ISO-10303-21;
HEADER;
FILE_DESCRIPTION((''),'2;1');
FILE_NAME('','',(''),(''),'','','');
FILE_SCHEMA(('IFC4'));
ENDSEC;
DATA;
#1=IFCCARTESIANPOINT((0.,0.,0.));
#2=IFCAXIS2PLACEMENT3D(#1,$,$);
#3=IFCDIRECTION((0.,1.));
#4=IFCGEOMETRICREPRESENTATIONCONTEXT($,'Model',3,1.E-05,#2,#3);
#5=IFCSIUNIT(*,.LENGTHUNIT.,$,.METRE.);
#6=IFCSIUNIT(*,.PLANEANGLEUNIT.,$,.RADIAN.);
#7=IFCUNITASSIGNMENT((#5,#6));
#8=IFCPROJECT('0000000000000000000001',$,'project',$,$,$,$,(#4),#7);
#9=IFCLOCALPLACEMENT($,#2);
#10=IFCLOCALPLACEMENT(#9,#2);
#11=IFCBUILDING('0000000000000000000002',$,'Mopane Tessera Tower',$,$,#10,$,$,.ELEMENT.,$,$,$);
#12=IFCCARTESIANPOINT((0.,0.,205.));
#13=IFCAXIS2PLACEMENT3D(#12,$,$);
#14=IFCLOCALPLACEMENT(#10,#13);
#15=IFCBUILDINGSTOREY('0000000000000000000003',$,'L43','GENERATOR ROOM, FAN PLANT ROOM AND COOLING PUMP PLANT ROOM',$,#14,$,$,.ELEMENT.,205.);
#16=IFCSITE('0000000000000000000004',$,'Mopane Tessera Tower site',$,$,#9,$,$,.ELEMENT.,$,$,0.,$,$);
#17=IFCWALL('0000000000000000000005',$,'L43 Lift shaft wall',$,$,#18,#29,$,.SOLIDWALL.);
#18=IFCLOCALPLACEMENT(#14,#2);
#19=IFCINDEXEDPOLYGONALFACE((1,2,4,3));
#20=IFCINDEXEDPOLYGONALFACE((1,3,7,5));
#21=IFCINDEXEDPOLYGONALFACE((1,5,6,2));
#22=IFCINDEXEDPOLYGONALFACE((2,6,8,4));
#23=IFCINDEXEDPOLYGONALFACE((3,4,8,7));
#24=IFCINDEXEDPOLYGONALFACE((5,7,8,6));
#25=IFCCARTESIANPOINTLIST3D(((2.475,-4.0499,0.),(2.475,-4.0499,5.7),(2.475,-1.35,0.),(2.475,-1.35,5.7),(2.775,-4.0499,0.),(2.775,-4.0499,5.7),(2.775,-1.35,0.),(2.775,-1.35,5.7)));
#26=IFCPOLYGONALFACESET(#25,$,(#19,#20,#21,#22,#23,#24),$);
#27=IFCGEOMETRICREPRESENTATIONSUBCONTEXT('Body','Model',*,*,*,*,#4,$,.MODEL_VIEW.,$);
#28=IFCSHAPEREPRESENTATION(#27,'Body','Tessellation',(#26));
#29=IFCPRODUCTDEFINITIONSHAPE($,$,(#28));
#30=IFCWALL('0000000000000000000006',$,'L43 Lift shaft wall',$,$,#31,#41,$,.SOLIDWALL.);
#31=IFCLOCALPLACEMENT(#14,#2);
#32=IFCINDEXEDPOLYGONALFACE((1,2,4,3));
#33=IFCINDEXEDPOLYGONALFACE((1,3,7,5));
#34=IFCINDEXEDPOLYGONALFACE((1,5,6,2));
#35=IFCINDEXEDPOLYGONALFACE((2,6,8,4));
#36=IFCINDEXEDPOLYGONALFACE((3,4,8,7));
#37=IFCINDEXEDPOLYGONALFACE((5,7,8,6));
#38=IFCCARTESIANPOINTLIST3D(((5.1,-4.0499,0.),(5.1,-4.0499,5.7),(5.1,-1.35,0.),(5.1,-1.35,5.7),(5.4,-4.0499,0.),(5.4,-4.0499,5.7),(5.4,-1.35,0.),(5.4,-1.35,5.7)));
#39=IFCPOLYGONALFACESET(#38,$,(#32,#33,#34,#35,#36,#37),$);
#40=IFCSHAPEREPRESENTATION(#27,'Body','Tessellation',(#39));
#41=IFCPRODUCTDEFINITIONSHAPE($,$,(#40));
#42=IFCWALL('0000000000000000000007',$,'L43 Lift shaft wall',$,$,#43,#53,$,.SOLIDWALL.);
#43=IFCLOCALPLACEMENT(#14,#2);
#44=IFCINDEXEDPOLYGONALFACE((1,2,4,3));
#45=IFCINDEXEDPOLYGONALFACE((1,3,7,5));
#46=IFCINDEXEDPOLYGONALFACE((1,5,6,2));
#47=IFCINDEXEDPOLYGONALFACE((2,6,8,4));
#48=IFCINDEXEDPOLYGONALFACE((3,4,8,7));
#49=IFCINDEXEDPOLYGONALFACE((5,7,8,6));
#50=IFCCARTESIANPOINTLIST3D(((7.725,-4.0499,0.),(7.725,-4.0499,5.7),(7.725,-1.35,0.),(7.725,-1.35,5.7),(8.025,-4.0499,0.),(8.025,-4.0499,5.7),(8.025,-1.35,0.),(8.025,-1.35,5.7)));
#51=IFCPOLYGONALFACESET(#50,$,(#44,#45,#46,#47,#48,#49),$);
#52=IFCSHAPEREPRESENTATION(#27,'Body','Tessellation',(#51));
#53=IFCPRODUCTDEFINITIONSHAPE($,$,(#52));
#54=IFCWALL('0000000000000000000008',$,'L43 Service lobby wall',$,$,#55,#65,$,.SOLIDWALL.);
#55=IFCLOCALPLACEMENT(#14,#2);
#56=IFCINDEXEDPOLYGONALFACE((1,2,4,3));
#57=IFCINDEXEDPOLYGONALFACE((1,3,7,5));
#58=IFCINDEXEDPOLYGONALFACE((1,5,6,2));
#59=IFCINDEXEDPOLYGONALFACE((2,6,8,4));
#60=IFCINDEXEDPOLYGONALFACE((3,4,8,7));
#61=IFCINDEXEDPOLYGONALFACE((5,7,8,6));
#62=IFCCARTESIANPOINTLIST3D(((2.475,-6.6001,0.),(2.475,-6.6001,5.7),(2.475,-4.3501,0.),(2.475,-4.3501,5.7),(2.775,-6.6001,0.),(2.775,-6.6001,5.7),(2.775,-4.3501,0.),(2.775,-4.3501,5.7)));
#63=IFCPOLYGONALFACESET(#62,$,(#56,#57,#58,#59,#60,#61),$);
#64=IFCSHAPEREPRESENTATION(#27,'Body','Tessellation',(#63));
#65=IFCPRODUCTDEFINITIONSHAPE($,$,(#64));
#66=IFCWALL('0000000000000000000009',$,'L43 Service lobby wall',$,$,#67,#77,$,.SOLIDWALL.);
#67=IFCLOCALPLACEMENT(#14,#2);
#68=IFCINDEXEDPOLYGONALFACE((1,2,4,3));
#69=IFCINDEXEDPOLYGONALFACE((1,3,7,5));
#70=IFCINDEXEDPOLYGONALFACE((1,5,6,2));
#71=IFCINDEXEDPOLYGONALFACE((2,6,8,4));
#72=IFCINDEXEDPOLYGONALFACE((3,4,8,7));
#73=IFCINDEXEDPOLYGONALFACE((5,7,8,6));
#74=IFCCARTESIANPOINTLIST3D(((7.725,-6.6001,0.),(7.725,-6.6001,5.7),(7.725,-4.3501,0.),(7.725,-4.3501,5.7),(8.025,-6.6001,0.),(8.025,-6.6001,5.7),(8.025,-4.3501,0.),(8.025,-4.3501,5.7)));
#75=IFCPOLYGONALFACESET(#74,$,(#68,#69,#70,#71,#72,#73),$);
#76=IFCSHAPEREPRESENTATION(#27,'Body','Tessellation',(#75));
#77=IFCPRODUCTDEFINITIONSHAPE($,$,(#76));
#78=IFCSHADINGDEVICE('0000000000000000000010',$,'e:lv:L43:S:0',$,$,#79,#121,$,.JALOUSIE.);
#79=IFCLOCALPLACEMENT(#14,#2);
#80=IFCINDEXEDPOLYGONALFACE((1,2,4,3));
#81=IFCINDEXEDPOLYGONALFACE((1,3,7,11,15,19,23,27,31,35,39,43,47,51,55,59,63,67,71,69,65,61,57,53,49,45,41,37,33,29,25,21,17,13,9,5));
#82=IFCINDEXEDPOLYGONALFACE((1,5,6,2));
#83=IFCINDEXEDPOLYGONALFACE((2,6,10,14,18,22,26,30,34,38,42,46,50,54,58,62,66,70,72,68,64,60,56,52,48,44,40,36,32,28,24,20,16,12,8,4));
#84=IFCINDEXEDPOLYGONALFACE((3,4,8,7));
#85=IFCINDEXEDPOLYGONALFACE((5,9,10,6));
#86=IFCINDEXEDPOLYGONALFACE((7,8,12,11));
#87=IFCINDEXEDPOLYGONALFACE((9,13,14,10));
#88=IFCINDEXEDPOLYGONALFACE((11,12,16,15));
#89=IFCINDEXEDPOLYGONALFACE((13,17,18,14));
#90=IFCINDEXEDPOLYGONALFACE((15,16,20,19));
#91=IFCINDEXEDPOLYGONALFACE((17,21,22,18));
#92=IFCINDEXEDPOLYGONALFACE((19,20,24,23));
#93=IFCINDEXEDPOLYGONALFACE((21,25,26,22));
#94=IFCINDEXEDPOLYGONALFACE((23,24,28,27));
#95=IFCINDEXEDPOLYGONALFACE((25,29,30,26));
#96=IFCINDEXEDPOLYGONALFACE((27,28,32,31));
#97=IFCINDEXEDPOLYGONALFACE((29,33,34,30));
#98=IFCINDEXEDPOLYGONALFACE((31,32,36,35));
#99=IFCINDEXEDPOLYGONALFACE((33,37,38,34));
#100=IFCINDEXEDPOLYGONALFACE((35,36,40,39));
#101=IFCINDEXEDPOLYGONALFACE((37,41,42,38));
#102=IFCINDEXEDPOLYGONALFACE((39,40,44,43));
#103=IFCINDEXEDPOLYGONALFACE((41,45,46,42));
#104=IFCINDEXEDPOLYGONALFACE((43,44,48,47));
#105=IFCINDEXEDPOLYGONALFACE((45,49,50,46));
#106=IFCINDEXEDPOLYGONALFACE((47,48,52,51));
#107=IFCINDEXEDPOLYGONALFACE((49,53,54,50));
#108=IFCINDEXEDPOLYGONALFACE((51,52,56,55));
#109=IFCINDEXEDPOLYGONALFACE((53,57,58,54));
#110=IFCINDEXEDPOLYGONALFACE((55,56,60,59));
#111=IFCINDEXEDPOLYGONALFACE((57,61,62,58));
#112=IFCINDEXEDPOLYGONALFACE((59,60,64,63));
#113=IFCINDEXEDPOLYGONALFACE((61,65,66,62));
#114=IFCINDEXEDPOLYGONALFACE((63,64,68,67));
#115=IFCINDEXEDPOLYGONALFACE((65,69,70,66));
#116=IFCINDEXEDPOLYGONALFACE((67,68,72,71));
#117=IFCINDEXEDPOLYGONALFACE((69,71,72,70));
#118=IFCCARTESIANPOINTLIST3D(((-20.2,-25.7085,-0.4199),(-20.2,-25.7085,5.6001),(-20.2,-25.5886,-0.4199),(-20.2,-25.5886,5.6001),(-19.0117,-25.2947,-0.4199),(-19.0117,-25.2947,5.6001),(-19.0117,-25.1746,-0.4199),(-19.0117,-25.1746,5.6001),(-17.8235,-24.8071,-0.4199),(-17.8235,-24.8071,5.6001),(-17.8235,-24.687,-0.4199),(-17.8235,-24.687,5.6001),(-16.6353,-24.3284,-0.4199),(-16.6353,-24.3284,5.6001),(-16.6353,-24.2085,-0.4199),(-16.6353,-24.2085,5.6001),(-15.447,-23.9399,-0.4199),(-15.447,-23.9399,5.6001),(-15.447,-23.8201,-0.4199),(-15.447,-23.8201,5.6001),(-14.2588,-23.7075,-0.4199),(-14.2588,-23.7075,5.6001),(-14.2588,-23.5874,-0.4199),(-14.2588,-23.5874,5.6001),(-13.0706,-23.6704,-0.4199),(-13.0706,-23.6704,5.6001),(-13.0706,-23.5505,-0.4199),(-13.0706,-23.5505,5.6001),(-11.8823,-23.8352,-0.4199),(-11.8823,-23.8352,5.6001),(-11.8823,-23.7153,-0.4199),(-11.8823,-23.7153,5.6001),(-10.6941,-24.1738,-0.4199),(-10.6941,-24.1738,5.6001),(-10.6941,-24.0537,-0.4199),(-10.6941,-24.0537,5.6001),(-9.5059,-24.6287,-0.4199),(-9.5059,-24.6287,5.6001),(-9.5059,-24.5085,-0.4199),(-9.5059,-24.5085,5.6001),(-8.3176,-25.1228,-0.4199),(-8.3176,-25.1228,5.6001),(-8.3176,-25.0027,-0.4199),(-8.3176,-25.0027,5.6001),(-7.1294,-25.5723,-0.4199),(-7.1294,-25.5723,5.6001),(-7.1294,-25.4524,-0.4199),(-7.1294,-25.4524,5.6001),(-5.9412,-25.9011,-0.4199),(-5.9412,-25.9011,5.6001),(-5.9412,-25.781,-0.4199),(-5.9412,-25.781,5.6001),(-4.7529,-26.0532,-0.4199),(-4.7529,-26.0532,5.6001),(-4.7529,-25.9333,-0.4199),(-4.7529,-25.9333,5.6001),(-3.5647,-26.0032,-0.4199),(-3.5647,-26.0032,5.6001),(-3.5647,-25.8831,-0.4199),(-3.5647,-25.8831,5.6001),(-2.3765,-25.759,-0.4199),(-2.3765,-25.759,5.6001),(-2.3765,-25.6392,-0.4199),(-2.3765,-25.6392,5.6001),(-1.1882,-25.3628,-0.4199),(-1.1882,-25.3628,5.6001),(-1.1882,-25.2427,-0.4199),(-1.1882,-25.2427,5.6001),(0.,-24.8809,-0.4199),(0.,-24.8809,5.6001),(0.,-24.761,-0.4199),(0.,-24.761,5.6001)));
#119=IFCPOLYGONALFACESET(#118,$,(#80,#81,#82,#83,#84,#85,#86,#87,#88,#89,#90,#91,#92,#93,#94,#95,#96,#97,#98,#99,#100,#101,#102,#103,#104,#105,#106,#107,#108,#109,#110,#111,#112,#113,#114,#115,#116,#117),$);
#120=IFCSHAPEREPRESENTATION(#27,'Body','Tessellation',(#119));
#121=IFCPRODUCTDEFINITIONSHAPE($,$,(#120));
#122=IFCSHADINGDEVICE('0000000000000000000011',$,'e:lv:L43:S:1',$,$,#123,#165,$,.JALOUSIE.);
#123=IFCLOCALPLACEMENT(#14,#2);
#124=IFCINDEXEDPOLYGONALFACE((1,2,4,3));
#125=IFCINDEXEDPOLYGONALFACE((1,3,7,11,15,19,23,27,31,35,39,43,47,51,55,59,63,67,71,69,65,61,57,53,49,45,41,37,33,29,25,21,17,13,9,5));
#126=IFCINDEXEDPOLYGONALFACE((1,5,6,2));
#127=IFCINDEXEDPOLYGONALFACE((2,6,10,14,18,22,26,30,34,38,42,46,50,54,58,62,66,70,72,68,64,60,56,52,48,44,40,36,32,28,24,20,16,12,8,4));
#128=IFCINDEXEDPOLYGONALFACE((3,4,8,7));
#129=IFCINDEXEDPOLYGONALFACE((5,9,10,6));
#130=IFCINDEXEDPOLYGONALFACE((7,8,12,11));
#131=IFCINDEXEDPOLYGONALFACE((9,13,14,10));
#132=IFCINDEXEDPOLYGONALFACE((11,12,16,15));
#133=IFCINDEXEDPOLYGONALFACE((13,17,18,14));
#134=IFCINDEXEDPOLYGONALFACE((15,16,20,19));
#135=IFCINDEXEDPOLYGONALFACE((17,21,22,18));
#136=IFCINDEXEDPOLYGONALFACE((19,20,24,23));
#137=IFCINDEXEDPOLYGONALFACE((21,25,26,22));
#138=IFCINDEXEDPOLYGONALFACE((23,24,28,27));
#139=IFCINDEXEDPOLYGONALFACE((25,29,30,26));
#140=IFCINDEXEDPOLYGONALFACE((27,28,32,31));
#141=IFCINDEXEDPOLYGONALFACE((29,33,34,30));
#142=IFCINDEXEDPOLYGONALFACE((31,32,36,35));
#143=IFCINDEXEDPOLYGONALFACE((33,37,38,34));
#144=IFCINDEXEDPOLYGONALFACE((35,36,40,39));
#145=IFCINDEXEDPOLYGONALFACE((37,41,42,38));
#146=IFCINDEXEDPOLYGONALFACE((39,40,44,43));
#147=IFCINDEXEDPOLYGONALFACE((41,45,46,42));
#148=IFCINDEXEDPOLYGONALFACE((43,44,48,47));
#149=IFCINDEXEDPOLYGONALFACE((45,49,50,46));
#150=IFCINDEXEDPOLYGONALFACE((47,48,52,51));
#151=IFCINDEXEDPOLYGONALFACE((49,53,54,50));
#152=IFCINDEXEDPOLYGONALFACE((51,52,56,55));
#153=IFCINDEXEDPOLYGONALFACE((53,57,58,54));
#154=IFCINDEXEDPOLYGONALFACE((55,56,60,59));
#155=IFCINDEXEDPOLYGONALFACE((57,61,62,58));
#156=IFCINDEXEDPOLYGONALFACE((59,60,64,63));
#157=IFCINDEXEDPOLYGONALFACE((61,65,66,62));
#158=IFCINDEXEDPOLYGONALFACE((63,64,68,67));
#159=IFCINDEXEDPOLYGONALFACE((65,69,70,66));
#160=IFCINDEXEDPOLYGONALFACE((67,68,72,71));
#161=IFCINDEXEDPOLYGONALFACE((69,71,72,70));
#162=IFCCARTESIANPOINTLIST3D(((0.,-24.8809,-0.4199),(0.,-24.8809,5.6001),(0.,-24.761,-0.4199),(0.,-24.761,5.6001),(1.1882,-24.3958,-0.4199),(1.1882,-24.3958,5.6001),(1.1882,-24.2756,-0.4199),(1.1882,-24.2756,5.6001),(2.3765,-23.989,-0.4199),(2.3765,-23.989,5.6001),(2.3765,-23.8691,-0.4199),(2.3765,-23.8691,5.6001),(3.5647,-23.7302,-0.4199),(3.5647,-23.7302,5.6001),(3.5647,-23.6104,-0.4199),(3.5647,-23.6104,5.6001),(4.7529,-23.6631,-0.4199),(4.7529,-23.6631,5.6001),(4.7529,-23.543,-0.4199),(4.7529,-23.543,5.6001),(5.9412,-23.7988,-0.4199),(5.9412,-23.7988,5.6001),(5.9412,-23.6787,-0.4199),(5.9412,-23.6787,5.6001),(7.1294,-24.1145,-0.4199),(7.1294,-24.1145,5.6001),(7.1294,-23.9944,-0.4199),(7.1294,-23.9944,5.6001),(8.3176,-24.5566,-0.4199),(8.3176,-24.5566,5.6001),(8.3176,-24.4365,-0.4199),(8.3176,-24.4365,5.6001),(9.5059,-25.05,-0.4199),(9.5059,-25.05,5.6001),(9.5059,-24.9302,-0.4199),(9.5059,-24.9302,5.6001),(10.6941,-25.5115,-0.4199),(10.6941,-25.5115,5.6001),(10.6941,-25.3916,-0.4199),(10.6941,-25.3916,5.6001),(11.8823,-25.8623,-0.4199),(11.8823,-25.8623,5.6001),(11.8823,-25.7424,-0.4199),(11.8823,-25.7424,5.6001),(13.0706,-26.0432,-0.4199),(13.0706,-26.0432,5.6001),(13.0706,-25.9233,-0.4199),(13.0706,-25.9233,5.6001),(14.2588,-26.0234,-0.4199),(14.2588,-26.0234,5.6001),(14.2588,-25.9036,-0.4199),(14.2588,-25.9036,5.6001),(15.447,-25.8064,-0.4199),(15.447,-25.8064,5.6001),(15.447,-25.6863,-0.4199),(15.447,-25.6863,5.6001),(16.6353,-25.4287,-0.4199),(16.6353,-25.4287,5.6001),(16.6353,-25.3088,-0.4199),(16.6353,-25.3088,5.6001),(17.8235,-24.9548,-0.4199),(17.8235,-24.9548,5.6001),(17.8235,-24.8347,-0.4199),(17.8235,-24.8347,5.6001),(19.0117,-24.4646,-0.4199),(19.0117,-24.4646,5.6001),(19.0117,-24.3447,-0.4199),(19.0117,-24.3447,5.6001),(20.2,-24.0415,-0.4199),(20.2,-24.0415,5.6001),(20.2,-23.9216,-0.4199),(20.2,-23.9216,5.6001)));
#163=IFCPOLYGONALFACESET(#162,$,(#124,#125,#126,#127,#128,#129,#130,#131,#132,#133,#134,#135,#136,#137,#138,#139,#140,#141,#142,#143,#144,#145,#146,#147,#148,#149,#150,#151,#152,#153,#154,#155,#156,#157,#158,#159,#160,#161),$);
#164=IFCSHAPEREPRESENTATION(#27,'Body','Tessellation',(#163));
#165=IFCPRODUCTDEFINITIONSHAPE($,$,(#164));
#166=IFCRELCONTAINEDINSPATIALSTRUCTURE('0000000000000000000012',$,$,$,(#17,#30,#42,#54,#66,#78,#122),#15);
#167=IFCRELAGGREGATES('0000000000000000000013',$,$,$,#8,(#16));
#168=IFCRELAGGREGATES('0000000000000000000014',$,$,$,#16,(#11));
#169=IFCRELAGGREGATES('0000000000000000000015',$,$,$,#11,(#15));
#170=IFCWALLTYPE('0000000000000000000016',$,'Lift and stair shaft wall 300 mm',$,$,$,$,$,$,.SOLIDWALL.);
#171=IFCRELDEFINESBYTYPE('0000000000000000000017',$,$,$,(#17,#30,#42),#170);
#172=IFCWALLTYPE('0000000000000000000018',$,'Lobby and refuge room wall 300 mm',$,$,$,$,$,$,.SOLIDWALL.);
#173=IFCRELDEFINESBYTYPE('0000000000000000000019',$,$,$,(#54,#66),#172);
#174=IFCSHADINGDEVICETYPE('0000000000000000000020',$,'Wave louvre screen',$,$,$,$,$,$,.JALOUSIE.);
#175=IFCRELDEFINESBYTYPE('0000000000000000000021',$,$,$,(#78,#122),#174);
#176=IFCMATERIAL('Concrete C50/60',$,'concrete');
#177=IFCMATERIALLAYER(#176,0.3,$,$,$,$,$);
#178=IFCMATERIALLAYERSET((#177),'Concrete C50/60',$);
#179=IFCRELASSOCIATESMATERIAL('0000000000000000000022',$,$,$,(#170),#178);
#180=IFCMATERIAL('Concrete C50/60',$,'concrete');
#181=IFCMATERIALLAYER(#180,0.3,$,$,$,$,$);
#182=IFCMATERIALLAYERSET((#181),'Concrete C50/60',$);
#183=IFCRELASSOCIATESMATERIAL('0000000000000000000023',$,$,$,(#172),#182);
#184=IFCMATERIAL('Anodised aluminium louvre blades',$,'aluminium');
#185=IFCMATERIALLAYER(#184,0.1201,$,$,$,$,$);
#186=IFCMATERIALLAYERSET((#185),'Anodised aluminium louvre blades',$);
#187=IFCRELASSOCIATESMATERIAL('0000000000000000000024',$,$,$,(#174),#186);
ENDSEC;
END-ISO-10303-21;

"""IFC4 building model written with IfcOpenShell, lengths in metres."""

from ifc_helpers import new_model, si_unit, direction, frame, frame_2d, origin, place, context, subcontext, project, spatial, polyline, rectangle, outline, extrude, material, layer, layer_set, type_object, element, save


model = new_model("IFC4")

# Units and contexts
model_context = context("Model", 3, precision=1e-05, world=origin(), true_north=direction((0.0, 1.0)))
body_context = subcontext(model_context, "Body", "Model", "MODEL_VIEW")
ifc_project = project(units=[si_unit("LENGTHUNIT", "METRE"), si_unit("PLANEANGLEUNIT", "RADIAN")], contexts=[model_context])

# Site, building, storey
site_placement = place(None, origin())
site = spatial("IfcSite", under=ifc_project, at=site_placement, Name="Mopane Tessera Tower site", CompositionType="ELEMENT", RefElevation=0.0)
building_placement = place(site_placement, origin())
building = spatial("IfcBuilding", under=site, at=building_placement, Name="Mopane Tessera Tower", CompositionType="ELEMENT")
storey_placement = place(building_placement, frame((0.0, 0.0, 205.0)))
storey = spatial("IfcBuildingStorey", under=building, at=storey_placement, Name="L43", Description="GENERATOR ROOM, FAN PLANT ROOM AND COOLING PUMP PLANT ROOM", CompositionType="ELEMENT", Elevation=205.0)

# Shared definitions
ifc_material_1 = material(Name="Concrete C50/60", Category="concrete")
ifc_layer_1 = layer(ifc_material_1, 0.3)
ifc_layer_set_1 = layer_set([ifc_layer_1], Name="Concrete C50/60")
wall_type_1 = type_object("IfcWallType", Name="Lift and stair shaft wall 300 mm", PredefinedType="SOLIDWALL", material=ifc_layer_set_1)

# Walls
for number, where, z_axis, x_axis, name in (
    (1, (2.625, -4.05, 0.0), (0.0, 0.0, 1.0), (0.0, 1.0, 0.0), "L43 Lift shaft wall"),
    (2, (5.25, -4.05, 0.0), (0.0, 0.0, 1.0), (0.0, 1.0, 0.0), "L43 Lift shaft wall"),
    (3, (7.875, -4.05, 0.0), (0.0, 0.0, 1.0), (0.0, 1.0, 0.0), "L43 Lift shaft wall"),
):
    element("IfcWall", number, at=place(storey_placement, frame(where, z_axis=z_axis, x_axis=x_axis)), inside=storey, type_object=wall_type_1, Name=name, PredefinedType="SOLIDWALL", context=body_context, shape_type="SweptSolid", body=[
        extrude(rectangle(XDim=2.7, YDim=0.3, at=frame_2d((1.3501, 0.0))), origin(), (0.0, 0.0, 1.0), 5.7),
    ])
ifc_material_2 = material(Name="Concrete C50/60", Category="concrete")
ifc_layer_2 = layer(ifc_material_2, 0.3)
ifc_layer_set_2 = layer_set([ifc_layer_2], Name="Concrete C50/60")
wall_type_2 = type_object("IfcWallType", Name="Lobby and refuge room wall 300 mm", PredefinedType="SOLIDWALL", material=ifc_layer_set_2)
for number, where, z_axis, x_axis, name in (
    (4, (2.625, -6.6001, 0.0), (0.0, 0.0, 1.0), (0.0, 1.0, 0.0), "L43 Service lobby wall"),
    (5, (7.875, -6.6001, 0.0), (0.0, 0.0, 1.0), (0.0, 1.0, 0.0), "L43 Service lobby wall"),
):
    element("IfcWall", number, at=place(storey_placement, frame(where, z_axis=z_axis, x_axis=x_axis)), inside=storey, type_object=wall_type_2, Name=name, PredefinedType="SOLIDWALL", context=body_context, shape_type="SweptSolid", body=[
        extrude(rectangle(XDim=2.25, YDim=0.3, at=frame_2d((1.125, 0.0))), origin(), (0.0, 0.0, 1.0), 5.7),
    ])

# Shading devices
ifc_material_3 = material(Name="Anodised aluminium louvre blades", Category="aluminium")
ifc_layer_3 = layer(ifc_material_3, 0.1201)
ifc_layer_set_3 = layer_set([ifc_layer_3], Name="Anodised aluminium louvre blades")
shading_device_type = type_object("IfcShadingDeviceType", Name="Wave louvre screen", PredefinedType="JALOUSIE", material=ifc_layer_set_3)
shading_device_1_placement = place(storey_placement, frame((0.0, 0.0, -0.4199)))
element("IfcShadingDevice", 6, at=shading_device_1_placement, inside=storey, type_object=shading_device_type, Name="e:lv:L43:S:0", PredefinedType="JALOUSIE", context=body_context, shape_type="SweptSolid", body=[
    extrude(outline(polyline([(-20.2, -25.5886), (-19.0117, -25.1746), (-17.8235, -24.687), (-16.6353, -24.2085), (-15.447, -23.8201), (-14.2588, -23.5874), (-13.0706, -23.5505), (-11.8823, -23.7153), (-10.6941, -24.0537), (-9.5059, -24.5085), (-8.3176, -25.0027), (-7.1294, -25.4524), (-5.9412, -25.781), (-4.7529, -25.9333), (-3.5647, -25.8831), (-2.3765, -25.6392), (-1.1882, -25.2427), (0.0, -24.761), (0.0, -24.8809), (-1.1882, -25.3628), (-2.3765, -25.759), (-3.5647, -26.0032), (-4.7529, -26.0532), (-5.9412, -25.9011), (-7.1294, -25.5723), (-8.3176, -25.1228), (-9.5059, -24.6287), (-10.6941, -24.1738), (-11.8823, -23.8352), (-13.0706, -23.6704), (-14.2588, -23.7075), (-15.447, -23.9399), (-16.6353, -24.3284), (-17.8235, -24.8071), (-19.0117, -25.2947), (-20.2, -25.7085), (-20.2, -25.5886)])), origin(), (0.0, 0.0, 1.0), 6.02),
])
shading_device_2_placement = place(storey_placement, frame((0.0, 0.0, -0.4199)))
element("IfcShadingDevice", 7, at=shading_device_2_placement, inside=storey, type_object=shading_device_type, Name="e:lv:L43:S:1", PredefinedType="JALOUSIE", context=body_context, shape_type="SweptSolid", body=[
    extrude(outline(polyline([(0.0, -24.761), (1.1882, -24.2756), (2.3765, -23.8691), (3.5647, -23.6104), (4.7529, -23.543), (5.9412, -23.6787), (7.1294, -23.9944), (8.3176, -24.4365), (9.5059, -24.9302), (10.6941, -25.3916), (11.8823, -25.7424), (13.0706, -25.9233), (14.2588, -25.9036), (15.447, -25.6863), (16.6353, -25.3088), (17.8235, -24.8347), (19.0117, -24.3447), (20.2, -23.9216), (20.2, -24.0415), (19.0117, -24.4646), (17.8235, -24.9548), (16.6353, -25.4287), (15.447, -25.8064), (14.2588, -26.0234), (13.0706, -26.0432), (11.8823, -25.8623), (10.6941, -25.5115), (9.5059, -25.05), (8.3176, -24.5566), (7.1294, -24.1145), (5.9412, -23.7988), (4.7529, -23.6631), (3.5647, -23.7302), (2.3765, -23.989), (1.1882, -24.3958), (0.0, -24.8809), (0.0, -24.761)])), origin(), (0.0, 0.0, 1.0), 6.02),
])

save(model, "model.ifc")
